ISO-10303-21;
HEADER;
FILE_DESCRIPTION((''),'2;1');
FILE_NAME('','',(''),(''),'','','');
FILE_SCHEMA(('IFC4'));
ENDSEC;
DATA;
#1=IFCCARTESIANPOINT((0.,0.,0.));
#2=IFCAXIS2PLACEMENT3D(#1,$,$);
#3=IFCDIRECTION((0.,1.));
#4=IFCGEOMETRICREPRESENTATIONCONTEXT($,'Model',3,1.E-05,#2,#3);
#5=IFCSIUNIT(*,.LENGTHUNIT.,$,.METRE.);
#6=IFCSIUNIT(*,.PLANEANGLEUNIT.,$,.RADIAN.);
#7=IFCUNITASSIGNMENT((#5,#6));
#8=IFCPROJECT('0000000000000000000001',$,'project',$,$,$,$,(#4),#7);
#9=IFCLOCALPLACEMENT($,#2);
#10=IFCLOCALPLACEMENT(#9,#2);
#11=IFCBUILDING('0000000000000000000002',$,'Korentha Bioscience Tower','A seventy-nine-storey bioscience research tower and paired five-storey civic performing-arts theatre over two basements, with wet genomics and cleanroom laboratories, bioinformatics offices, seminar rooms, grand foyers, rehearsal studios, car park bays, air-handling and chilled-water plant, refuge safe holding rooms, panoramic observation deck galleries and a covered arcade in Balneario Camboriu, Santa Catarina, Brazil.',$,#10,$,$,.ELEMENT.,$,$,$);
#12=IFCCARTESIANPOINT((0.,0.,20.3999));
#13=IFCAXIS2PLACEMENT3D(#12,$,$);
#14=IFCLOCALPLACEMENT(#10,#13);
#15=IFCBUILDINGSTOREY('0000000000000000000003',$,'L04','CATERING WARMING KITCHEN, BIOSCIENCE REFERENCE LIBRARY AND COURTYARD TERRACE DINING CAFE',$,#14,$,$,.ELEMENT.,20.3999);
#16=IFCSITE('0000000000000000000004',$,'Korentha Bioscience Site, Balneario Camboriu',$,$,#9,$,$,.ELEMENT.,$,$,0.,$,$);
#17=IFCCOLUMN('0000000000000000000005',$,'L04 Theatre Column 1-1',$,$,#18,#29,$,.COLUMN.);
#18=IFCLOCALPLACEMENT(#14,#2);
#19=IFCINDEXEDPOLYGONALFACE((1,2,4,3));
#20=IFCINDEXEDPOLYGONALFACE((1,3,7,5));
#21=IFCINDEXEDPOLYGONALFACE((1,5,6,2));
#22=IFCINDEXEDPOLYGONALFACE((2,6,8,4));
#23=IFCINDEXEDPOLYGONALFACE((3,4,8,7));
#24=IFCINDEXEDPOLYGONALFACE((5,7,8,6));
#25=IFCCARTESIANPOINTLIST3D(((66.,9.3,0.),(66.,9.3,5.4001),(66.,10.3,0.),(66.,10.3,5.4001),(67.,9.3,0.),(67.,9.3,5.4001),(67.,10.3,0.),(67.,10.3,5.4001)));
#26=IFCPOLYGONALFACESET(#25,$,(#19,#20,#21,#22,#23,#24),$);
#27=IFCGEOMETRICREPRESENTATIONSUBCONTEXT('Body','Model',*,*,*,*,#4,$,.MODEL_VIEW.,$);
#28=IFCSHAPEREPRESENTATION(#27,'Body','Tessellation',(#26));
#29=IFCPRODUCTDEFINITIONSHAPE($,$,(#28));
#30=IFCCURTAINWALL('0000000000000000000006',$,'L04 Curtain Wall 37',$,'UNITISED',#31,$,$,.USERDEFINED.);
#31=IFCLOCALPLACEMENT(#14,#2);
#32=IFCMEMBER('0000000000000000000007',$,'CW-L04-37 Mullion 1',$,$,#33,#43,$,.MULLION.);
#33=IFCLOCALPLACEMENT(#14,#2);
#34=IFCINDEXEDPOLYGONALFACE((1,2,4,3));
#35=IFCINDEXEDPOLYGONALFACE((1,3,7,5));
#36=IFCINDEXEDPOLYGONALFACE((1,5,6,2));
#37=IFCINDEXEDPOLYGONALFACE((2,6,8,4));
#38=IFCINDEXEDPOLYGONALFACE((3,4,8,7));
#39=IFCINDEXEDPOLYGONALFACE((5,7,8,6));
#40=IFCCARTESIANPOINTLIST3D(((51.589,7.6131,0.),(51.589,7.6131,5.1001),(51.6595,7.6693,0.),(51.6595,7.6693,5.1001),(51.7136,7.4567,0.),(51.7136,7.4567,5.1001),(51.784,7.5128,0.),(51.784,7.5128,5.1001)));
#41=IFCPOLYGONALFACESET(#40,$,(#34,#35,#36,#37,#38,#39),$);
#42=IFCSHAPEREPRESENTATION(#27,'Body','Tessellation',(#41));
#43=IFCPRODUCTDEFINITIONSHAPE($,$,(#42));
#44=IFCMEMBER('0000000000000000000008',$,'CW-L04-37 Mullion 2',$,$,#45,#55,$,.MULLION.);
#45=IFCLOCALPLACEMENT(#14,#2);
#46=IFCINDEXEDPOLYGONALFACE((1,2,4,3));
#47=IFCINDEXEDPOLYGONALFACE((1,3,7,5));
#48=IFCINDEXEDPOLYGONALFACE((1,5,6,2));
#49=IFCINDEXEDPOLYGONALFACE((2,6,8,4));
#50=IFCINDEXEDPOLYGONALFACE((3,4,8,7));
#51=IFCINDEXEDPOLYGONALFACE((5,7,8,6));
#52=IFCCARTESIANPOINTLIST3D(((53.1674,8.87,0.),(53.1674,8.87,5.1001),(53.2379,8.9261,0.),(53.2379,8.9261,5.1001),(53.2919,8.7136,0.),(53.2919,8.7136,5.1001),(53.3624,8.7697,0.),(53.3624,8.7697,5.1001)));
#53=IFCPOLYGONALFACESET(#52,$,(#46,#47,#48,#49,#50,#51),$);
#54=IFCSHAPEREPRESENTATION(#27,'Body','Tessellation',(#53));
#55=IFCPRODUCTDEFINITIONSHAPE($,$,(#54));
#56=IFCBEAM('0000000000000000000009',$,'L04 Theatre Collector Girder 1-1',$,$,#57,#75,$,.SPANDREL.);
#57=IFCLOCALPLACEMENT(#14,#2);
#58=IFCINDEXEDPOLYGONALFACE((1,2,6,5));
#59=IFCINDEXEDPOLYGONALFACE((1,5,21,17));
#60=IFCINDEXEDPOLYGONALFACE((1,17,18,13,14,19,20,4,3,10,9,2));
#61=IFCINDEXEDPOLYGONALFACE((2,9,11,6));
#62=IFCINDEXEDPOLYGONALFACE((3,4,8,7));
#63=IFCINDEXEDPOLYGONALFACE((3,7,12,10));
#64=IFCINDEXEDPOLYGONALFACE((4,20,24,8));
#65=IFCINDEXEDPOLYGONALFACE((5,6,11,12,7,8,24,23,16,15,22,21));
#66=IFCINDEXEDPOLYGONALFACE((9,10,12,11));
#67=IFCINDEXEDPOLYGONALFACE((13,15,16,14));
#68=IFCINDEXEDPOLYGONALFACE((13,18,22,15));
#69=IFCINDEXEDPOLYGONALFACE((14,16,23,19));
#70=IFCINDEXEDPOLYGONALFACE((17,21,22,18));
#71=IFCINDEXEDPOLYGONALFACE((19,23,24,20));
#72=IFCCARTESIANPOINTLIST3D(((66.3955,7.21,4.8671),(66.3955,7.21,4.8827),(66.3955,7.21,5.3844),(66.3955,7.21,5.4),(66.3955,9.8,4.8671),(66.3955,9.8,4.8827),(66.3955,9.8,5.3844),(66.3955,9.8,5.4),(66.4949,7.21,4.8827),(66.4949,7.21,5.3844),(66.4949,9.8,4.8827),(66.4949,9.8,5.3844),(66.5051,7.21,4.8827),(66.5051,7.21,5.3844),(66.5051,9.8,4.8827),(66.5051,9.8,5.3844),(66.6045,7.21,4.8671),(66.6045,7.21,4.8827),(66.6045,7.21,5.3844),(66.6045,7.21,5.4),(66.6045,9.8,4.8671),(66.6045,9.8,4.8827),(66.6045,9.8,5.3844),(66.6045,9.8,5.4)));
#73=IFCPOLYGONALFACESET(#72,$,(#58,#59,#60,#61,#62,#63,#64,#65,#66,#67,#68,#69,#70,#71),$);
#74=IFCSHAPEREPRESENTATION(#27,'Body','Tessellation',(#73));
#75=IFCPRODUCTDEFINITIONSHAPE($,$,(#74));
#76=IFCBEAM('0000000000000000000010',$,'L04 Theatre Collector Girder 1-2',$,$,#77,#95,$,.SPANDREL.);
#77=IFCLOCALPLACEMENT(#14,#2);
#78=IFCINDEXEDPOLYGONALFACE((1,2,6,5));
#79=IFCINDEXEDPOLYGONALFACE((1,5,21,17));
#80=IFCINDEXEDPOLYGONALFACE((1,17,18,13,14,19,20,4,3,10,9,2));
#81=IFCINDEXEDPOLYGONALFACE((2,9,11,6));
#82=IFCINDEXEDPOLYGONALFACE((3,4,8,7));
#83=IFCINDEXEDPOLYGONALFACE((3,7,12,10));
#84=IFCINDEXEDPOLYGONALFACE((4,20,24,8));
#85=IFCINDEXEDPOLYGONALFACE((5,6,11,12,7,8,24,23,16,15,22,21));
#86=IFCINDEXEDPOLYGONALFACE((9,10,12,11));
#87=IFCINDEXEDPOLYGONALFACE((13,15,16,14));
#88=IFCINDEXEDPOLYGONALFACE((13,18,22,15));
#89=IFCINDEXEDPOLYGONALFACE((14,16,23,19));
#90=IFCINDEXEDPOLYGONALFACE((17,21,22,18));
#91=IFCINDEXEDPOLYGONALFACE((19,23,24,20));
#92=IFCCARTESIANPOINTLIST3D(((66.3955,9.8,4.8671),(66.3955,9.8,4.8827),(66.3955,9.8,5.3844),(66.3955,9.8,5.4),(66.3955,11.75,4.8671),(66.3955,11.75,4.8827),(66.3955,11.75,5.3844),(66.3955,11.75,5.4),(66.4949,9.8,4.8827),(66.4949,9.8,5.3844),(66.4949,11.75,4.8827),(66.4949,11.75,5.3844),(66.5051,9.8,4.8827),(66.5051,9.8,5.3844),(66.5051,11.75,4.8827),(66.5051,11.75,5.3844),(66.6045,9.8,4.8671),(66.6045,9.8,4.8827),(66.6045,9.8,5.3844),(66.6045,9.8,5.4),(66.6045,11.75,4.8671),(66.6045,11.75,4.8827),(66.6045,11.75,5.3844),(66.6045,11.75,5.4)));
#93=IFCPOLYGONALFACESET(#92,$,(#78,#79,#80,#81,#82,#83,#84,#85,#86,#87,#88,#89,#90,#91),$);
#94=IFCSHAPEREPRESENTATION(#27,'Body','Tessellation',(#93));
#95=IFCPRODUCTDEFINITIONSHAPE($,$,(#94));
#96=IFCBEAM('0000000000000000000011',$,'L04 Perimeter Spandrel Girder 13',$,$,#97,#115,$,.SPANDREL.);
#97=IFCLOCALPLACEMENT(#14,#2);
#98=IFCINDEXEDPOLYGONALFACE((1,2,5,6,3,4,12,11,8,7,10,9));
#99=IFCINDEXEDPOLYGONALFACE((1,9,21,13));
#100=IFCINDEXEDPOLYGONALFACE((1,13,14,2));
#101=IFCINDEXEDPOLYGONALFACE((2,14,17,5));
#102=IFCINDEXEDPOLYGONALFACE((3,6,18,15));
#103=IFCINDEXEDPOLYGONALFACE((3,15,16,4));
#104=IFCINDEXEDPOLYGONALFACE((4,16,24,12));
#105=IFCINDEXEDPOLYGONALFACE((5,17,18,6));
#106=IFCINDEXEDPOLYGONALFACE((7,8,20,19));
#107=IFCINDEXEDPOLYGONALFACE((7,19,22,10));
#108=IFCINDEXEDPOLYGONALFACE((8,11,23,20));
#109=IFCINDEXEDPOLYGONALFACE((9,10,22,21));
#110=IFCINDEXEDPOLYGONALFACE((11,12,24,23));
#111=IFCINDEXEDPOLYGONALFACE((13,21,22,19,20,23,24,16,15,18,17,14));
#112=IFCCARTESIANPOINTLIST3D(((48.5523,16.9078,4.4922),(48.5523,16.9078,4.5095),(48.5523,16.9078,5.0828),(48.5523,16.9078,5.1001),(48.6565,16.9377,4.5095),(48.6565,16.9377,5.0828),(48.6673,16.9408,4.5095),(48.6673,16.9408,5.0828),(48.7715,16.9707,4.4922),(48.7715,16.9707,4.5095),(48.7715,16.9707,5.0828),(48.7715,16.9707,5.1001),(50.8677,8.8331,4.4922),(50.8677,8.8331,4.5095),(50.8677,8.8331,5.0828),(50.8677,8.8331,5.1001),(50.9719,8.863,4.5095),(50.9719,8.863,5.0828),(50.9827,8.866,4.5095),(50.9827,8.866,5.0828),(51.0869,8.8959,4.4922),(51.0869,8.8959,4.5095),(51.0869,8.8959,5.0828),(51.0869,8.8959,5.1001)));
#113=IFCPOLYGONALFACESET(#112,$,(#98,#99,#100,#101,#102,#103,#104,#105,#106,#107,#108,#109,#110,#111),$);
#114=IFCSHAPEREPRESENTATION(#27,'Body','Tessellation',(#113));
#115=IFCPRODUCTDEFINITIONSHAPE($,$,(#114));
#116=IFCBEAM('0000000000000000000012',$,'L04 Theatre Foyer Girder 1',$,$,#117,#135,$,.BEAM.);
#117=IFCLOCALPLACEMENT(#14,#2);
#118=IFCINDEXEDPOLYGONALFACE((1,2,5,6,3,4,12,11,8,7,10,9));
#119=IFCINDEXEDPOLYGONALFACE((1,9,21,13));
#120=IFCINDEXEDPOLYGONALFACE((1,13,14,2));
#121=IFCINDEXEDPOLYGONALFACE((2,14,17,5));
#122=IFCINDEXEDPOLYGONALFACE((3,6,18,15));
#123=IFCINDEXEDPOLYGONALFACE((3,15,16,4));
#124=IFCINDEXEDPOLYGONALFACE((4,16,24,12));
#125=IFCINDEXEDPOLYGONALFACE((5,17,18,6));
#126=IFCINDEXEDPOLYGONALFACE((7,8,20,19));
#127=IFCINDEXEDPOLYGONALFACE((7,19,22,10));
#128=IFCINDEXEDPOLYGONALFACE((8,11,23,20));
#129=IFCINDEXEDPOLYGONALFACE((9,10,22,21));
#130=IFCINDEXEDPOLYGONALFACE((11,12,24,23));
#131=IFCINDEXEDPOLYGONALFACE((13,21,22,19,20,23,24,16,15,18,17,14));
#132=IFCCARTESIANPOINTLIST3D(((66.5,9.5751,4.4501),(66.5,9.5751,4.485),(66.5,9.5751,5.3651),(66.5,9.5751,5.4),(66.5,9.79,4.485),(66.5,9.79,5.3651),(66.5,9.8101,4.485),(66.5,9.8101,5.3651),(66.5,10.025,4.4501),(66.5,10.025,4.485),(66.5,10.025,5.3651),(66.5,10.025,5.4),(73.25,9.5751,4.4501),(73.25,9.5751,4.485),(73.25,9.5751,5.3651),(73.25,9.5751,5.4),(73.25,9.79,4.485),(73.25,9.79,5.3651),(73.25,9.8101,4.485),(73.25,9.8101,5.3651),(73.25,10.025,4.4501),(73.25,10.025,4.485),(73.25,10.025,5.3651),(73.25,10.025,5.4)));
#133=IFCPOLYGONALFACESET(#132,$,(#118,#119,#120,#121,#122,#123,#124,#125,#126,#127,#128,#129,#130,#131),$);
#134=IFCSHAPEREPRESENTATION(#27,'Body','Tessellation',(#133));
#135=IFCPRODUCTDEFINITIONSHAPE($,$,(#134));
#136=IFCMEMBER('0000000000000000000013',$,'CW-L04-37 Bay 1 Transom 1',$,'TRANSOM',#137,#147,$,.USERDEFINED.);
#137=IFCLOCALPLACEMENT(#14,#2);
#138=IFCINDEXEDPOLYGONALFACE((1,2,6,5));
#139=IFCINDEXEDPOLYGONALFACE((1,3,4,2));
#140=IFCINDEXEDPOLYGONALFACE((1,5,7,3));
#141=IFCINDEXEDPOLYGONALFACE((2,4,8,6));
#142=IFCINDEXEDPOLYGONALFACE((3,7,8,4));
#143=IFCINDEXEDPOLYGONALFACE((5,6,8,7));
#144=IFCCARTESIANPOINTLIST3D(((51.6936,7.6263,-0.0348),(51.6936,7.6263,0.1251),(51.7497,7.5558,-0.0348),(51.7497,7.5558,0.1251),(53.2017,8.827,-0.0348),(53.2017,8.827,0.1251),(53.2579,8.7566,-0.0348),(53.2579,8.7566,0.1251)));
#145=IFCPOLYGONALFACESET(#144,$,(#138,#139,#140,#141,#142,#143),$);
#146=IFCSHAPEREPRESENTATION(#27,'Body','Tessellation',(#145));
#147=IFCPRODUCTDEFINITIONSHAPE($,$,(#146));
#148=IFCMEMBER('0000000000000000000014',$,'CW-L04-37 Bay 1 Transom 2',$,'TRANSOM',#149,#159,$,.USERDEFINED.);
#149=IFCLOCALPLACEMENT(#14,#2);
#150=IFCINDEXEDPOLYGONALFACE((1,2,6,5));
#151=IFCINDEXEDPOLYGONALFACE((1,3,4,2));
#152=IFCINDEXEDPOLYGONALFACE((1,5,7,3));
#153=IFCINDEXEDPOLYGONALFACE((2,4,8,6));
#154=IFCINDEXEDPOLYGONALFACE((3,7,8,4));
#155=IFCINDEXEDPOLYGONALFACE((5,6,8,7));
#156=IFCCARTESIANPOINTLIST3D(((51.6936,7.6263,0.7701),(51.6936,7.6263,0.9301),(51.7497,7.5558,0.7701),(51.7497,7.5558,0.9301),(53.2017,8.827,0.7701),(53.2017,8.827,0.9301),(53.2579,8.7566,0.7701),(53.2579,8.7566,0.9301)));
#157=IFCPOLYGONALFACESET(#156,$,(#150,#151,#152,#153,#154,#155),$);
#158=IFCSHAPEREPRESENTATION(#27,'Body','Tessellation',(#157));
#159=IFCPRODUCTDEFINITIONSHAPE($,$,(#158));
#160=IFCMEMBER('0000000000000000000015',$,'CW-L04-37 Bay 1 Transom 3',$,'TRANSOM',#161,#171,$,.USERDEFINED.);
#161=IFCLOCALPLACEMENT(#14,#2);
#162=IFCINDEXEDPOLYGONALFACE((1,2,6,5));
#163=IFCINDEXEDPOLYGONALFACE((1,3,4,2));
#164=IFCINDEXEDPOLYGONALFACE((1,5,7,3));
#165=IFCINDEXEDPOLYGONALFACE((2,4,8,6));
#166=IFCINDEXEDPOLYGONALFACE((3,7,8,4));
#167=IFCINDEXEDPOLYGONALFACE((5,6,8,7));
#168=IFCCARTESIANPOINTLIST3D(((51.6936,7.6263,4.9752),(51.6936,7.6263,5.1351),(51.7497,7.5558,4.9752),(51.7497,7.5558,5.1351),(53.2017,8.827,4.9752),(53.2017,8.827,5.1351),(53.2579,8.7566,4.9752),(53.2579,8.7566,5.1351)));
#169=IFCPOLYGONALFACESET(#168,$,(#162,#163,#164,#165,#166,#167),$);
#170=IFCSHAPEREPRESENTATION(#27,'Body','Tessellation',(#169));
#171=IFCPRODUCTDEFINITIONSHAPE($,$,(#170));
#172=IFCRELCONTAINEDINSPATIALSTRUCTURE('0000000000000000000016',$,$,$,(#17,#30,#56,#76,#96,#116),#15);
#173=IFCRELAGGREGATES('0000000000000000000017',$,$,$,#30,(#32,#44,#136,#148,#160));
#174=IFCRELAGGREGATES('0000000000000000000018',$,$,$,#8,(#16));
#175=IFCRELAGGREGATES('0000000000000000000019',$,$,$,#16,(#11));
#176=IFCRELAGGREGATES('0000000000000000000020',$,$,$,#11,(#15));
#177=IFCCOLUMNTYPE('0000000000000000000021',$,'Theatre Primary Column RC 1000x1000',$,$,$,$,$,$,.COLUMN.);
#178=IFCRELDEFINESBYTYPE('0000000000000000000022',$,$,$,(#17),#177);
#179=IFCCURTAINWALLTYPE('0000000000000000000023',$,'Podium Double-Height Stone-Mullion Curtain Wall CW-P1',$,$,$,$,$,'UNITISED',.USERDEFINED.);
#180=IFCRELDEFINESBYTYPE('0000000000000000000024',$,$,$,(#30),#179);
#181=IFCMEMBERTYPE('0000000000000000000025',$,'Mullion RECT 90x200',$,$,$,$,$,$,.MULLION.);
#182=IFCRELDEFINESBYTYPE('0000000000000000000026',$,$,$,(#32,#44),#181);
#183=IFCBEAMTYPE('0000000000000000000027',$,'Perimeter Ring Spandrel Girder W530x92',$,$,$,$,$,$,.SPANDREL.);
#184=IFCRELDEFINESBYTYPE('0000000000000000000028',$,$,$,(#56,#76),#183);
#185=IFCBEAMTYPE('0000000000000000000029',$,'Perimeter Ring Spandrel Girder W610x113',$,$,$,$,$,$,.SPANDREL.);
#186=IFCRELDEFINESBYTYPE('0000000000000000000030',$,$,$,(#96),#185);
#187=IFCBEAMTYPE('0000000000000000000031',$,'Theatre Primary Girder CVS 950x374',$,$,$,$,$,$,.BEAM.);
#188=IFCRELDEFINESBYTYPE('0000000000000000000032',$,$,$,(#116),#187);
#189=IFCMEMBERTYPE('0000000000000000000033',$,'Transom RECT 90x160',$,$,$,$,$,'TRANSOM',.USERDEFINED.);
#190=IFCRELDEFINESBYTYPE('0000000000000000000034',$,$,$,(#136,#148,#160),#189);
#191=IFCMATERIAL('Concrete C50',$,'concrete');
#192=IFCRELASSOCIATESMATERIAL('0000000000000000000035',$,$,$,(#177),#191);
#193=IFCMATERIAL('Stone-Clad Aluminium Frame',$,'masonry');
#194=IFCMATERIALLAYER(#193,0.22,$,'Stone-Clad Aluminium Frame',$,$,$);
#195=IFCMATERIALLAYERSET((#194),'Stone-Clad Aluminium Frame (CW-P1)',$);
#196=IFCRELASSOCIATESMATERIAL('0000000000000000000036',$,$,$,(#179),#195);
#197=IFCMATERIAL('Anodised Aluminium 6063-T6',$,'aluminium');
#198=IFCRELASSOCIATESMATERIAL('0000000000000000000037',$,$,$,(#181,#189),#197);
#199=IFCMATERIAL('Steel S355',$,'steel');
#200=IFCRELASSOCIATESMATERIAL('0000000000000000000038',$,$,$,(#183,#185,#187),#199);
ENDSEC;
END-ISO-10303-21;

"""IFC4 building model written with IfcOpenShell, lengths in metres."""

from ifc_helpers import new_model, si_unit, direction, frame, origin, origin_2d, place, context, subcontext, project, spatial, rectangle, i_section, extrude, material, layer, layer_set, material_profile, profile_set, type_object, element, aggregate, save


model = new_model("IFC4")

# Units and contexts
model_context = context("Model", 3, precision=1e-05, world=origin(), true_north=direction((0.0, 1.0)))
body_context = subcontext(model_context, "Body", "Model", "MODEL_VIEW")
ifc_project = project(units=[si_unit("LENGTHUNIT", "METRE"), si_unit("PLANEANGLEUNIT", "RADIAN")], contexts=[model_context])

# Site, building, storey
site_placement = place(None, origin())
site = spatial("IfcSite", under=ifc_project, at=site_placement, Name="Korentha Bioscience Site, Balneario Camboriu", CompositionType="ELEMENT", RefElevation=0.0)
building_placement = place(site_placement, origin())
building = spatial("IfcBuilding", under=site, at=building_placement, Name="Korentha Bioscience Tower", Description="A seventy-nine-storey bioscience research tower and paired five-storey civic performing-arts theatre over two basements, with wet genomics and cleanroom laboratories, bioinformatics offices, seminar rooms, grand foyers, rehearsal studios, car park bays, air-handling and chilled-water plant, refuge safe holding rooms, panoramic observation deck galleries and a covered arcade in Balneario Camboriu, Santa Catarina, Brazil.", CompositionType="ELEMENT")
storey_placement = place(building_placement, frame((0.0, 0.0, 20.3999)))
storey = spatial("IfcBuildingStorey", under=building, at=storey_placement, Name="L04", Description="CATERING WARMING KITCHEN, BIOSCIENCE REFERENCE LIBRARY AND COURTYARD TERRACE DINING CAFE", CompositionType="ELEMENT", Elevation=20.3999)

# Column
ifc_material_1 = material(Name="Concrete C50", Category="concrete")
ifc_material_profile_1 = material_profile(ifc_material_1, rectangle(XDim=1.0, YDim=1.0, at=origin_2d()), Name="Concrete C50")
ifc_profile_set_1 = profile_set([ifc_material_profile_1], Name="Concrete C50 (TC-01)")
column_type = type_object("IfcColumnType", Name="Theatre Primary Column RC 1000x1000", PredefinedType="COLUMN", material=ifc_profile_set_1)
column_placement = place(storey_placement, frame((66.5, 9.8, 0.0), z_axis=(0.0, 0.0, 1.0), x_axis=(1.0, 0.0, 0.0)))
element("IfcColumn", 1, at=column_placement, inside=storey, type_object=column_type, Name="L04 Theatre Column 1-1", PredefinedType="COLUMN", context=body_context, shape_type="SweptSolid", body=[
    extrude(rectangle(XDim=1.0, YDim=1.0, at=origin_2d()), origin(), (0.0, 0.0, 1.0), 5.4001),
])

# Curtain wall, members
ifc_material_2 = material(Name="Stone-Clad Aluminium Frame", Category="masonry")
ifc_layer_1 = layer(ifc_material_2, 0.22, Name="Stone-Clad Aluminium Frame")
ifc_layer_set_1 = layer_set([ifc_layer_1], Name="Stone-Clad Aluminium Frame (CW-P1)")
curtain_wall_type = type_object("IfcCurtainWallType", Name="Podium Double-Height Stone-Mullion Curtain Wall CW-P1", ElementType="UNITISED", PredefinedType="USERDEFINED", material=ifc_layer_set_1)
curtain_wall_placement = place(storey_placement, origin())
curtain_wall = element("IfcCurtainWall", 2, at=curtain_wall_placement, inside=storey, type_object=curtain_wall_type, Name="L04 Curtain Wall 37", ObjectType="UNITISED", PredefinedType="USERDEFINED")
ifc_material_3 = material(Name="Anodised Aluminium 6063-T6", Category="aluminium")
ifc_material_profile_2 = material_profile(ifc_material_3, rectangle(XDim=0.0901, YDim=0.2, at=origin_2d()), Name="Anodised Aluminium 6063-T6")
ifc_profile_set_2 = profile_set([ifc_material_profile_2], Name="Anodised Aluminium 6063-T6 (CW-MUL)")
member_type_1 = type_object("IfcMemberType", Name="Mullion RECT 90x200", PredefinedType="MULLION", material=ifc_profile_set_2)
member_1_placement = place(storey_placement, frame((51.6865, 7.563, 0.0), z_axis=(0.0, 0.0, 1.0), x_axis=(0.782288, 0.622917, 0.0)))
member_1 = element("IfcMember", 3, at=member_1_placement, type_object=member_type_1, Name="CW-L04-37 Mullion 1", PredefinedType="MULLION", context=body_context, shape_type="SweptSolid", body=[
    extrude(rectangle(XDim=0.0901, YDim=0.2, at=origin_2d()), origin(), (0.0, 0.0, 1.0), 5.1001),
])
member_2_placement = place(storey_placement, frame((53.2649, 8.8198, 0.0), z_axis=(0.0, 0.0, 1.0), x_axis=(0.782288, 0.622917, 0.0)))
member_2 = element("IfcMember", 4, at=member_2_placement, type_object=member_type_1, Name="CW-L04-37 Mullion 2", PredefinedType="MULLION", context=body_context, shape_type="SweptSolid", body=[
    extrude(rectangle(XDim=0.0901, YDim=0.2, at=origin_2d()), origin(), (0.0, 0.0, 1.0), 5.1001),
])

# Beams
ifc_material_4 = material(Name="Steel S355", Category="steel")
ifc_material_profile_3 = material_profile(ifc_material_4, i_section(OverallWidth=0.209, OverallDepth=0.533, WebThickness=0.0103, FlangeThickness=0.0156, at=origin_2d()), Name="Steel S355")
ifc_profile_set_3 = profile_set([ifc_material_profile_3], Name="Steel S355 (SB-530)")
beam_type_1 = type_object("IfcBeamType", Name="Perimeter Ring Spandrel Girder W530x92", PredefinedType="SPANDREL", material=ifc_profile_set_3)
beam_1_placement = place(storey_placement, frame((66.5, 7.21, 5.1335), z_axis=(0.0, 1.0, 0.0), x_axis=(-1.0, 0.0, 0.0)))
element("IfcBeam", 5, at=beam_1_placement, inside=storey, type_object=beam_type_1, Name="L04 Theatre Collector Girder 1-1", PredefinedType="SPANDREL", context=body_context, shape_type="SweptSolid", body=[
    extrude(i_section(OverallWidth=0.209, OverallDepth=0.533, WebThickness=0.0103, FlangeThickness=0.0156, at=origin_2d()), origin(), (0.0, 0.0, 1.0), 2.5901),
])
beam_2_placement = place(storey_placement, frame((66.5, 9.8, 5.1335), z_axis=(0.0, 1.0, 0.0), x_axis=(-1.0, 0.0, 0.0)))
element("IfcBeam", 6, at=beam_2_placement, inside=storey, type_object=beam_type_1, Name="L04 Theatre Collector Girder 1-2", PredefinedType="SPANDREL", context=body_context, shape_type="SweptSolid", body=[
    extrude(i_section(OverallWidth=0.209, OverallDepth=0.533, WebThickness=0.0103, FlangeThickness=0.0156, at=origin_2d()), origin(), (0.0, 0.0, 1.0), 1.95),
])
ifc_material_profile_4 = material_profile(ifc_material_4, i_section(OverallWidth=0.228, OverallDepth=0.6079, WebThickness=0.0112, FlangeThickness=0.0173, at=origin_2d()), Name="Steel S355")
ifc_profile_set_4 = profile_set([ifc_material_profile_4], Name="Steel S355 (SB-610)")
beam_type_2 = type_object("IfcBeamType", Name="Perimeter Ring Spandrel Girder W610x113", PredefinedType="SPANDREL", material=ifc_profile_set_4)
beam_3_placement = place(storey_placement, frame((50.9773, 8.8645, 4.7961), z_axis=(-0.275642, 0.96126, 0.0), x_axis=(-0.96126, -0.275642, 0.0)))
element("IfcBeam", 7, at=beam_3_placement, inside=storey, type_object=beam_type_2, Name="L04 Perimeter Spandrel Girder 13", PredefinedType="SPANDREL", context=body_context, shape_type="SweptSolid", body=[
    extrude(i_section(OverallWidth=0.228, OverallDepth=0.6079, WebThickness=0.0112, FlangeThickness=0.0173, at=origin_2d()), origin(), (0.0, 0.0, 1.0), 8.4001),
])
ifc_material_profile_5 = material_profile(ifc_material_4, i_section(OverallWidth=0.45, OverallDepth=0.95, WebThickness=0.02, FlangeThickness=0.0349, at=origin_2d()), Name="Steel S355")
ifc_profile_set_5 = profile_set([ifc_material_profile_5], Name="Steel S355 (TB-950)")
beam_type_3 = type_object("IfcBeamType", Name="Theatre Primary Girder CVS 950x374", PredefinedType="BEAM", material=ifc_profile_set_5)
beam_4_placement = place(storey_placement, frame((66.5, 9.8, 4.925), z_axis=(1.0, 0.0, 0.0), x_axis=(0.0, 1.0, 0.0)))
element("IfcBeam", 8, at=beam_4_placement, inside=storey, type_object=beam_type_3, Name="L04 Theatre Foyer Girder 1", PredefinedType="BEAM", context=body_context, shape_type="SweptSolid", body=[
    extrude(i_section(OverallWidth=0.45, OverallDepth=0.95, WebThickness=0.02, FlangeThickness=0.0349, at=origin_2d()), origin(), (0.0, 0.0, 1.0), 6.75),
])

# Members
ifc_material_profile_6 = material_profile(ifc_material_3, rectangle(XDim=0.0901, YDim=0.1599, at=origin_2d()), Name="Anodised Aluminium 6063-T6")
ifc_profile_set_6 = profile_set([ifc_material_profile_6], Name="Anodised Aluminium 6063-T6 (CW-TRN)")
member_type_2 = type_object("IfcMemberType", Name="Transom RECT 90x160", ElementType="TRANSOM", PredefinedType="USERDEFINED", material=ifc_profile_set_6)
member_3_placement = place(storey_placement, frame((51.7217, 7.5911, 0.0452), z_axis=(0.782325, 0.622871, 0.0), x_axis=(-0.622871, 0.782325, 0.0)))
member_3 = element("IfcMember", 9, at=member_3_placement, type_object=member_type_2, Name="CW-L04-37 Bay 1 Transom 1", ObjectType="TRANSOM", PredefinedType="USERDEFINED", context=body_context, shape_type="SweptSolid", body=[
    extrude(rectangle(XDim=0.0901, YDim=0.1599, at=origin_2d()), origin(), (0.0, 0.0, 1.0), 1.9277),
])
member_4_placement = place(storey_placement, frame((51.7217, 7.5911, 0.8501), z_axis=(0.782325, 0.622871, 0.0), x_axis=(-0.622871, 0.782325, 0.0)))
member_4 = element("IfcMember", 10, at=member_4_placement, type_object=member_type_2, Name="CW-L04-37 Bay 1 Transom 2", ObjectType="TRANSOM", PredefinedType="USERDEFINED", context=body_context, shape_type="SweptSolid", body=[
    extrude(rectangle(XDim=0.0901, YDim=0.1599, at=origin_2d()), origin(), (0.0, 0.0, 1.0), 1.9277),
])
member_5_placement = place(storey_placement, frame((51.7217, 7.5911, 5.0552), z_axis=(0.782325, 0.622871, 0.0), x_axis=(-0.622871, 0.782325, 0.0)))
member_5 = element("IfcMember", 11, at=member_5_placement, type_object=member_type_2, Name="CW-L04-37 Bay 1 Transom 3", ObjectType="TRANSOM", PredefinedType="USERDEFINED", context=body_context, shape_type="SweptSolid", body=[
    extrude(rectangle(XDim=0.0901, YDim=0.1599, at=origin_2d()), origin(), (0.0, 0.0, 1.0), 1.9277),
])

aggregate(curtain_wall, [member_1, member_2, member_3, member_4, member_5])

save(model, "model.ifc")
